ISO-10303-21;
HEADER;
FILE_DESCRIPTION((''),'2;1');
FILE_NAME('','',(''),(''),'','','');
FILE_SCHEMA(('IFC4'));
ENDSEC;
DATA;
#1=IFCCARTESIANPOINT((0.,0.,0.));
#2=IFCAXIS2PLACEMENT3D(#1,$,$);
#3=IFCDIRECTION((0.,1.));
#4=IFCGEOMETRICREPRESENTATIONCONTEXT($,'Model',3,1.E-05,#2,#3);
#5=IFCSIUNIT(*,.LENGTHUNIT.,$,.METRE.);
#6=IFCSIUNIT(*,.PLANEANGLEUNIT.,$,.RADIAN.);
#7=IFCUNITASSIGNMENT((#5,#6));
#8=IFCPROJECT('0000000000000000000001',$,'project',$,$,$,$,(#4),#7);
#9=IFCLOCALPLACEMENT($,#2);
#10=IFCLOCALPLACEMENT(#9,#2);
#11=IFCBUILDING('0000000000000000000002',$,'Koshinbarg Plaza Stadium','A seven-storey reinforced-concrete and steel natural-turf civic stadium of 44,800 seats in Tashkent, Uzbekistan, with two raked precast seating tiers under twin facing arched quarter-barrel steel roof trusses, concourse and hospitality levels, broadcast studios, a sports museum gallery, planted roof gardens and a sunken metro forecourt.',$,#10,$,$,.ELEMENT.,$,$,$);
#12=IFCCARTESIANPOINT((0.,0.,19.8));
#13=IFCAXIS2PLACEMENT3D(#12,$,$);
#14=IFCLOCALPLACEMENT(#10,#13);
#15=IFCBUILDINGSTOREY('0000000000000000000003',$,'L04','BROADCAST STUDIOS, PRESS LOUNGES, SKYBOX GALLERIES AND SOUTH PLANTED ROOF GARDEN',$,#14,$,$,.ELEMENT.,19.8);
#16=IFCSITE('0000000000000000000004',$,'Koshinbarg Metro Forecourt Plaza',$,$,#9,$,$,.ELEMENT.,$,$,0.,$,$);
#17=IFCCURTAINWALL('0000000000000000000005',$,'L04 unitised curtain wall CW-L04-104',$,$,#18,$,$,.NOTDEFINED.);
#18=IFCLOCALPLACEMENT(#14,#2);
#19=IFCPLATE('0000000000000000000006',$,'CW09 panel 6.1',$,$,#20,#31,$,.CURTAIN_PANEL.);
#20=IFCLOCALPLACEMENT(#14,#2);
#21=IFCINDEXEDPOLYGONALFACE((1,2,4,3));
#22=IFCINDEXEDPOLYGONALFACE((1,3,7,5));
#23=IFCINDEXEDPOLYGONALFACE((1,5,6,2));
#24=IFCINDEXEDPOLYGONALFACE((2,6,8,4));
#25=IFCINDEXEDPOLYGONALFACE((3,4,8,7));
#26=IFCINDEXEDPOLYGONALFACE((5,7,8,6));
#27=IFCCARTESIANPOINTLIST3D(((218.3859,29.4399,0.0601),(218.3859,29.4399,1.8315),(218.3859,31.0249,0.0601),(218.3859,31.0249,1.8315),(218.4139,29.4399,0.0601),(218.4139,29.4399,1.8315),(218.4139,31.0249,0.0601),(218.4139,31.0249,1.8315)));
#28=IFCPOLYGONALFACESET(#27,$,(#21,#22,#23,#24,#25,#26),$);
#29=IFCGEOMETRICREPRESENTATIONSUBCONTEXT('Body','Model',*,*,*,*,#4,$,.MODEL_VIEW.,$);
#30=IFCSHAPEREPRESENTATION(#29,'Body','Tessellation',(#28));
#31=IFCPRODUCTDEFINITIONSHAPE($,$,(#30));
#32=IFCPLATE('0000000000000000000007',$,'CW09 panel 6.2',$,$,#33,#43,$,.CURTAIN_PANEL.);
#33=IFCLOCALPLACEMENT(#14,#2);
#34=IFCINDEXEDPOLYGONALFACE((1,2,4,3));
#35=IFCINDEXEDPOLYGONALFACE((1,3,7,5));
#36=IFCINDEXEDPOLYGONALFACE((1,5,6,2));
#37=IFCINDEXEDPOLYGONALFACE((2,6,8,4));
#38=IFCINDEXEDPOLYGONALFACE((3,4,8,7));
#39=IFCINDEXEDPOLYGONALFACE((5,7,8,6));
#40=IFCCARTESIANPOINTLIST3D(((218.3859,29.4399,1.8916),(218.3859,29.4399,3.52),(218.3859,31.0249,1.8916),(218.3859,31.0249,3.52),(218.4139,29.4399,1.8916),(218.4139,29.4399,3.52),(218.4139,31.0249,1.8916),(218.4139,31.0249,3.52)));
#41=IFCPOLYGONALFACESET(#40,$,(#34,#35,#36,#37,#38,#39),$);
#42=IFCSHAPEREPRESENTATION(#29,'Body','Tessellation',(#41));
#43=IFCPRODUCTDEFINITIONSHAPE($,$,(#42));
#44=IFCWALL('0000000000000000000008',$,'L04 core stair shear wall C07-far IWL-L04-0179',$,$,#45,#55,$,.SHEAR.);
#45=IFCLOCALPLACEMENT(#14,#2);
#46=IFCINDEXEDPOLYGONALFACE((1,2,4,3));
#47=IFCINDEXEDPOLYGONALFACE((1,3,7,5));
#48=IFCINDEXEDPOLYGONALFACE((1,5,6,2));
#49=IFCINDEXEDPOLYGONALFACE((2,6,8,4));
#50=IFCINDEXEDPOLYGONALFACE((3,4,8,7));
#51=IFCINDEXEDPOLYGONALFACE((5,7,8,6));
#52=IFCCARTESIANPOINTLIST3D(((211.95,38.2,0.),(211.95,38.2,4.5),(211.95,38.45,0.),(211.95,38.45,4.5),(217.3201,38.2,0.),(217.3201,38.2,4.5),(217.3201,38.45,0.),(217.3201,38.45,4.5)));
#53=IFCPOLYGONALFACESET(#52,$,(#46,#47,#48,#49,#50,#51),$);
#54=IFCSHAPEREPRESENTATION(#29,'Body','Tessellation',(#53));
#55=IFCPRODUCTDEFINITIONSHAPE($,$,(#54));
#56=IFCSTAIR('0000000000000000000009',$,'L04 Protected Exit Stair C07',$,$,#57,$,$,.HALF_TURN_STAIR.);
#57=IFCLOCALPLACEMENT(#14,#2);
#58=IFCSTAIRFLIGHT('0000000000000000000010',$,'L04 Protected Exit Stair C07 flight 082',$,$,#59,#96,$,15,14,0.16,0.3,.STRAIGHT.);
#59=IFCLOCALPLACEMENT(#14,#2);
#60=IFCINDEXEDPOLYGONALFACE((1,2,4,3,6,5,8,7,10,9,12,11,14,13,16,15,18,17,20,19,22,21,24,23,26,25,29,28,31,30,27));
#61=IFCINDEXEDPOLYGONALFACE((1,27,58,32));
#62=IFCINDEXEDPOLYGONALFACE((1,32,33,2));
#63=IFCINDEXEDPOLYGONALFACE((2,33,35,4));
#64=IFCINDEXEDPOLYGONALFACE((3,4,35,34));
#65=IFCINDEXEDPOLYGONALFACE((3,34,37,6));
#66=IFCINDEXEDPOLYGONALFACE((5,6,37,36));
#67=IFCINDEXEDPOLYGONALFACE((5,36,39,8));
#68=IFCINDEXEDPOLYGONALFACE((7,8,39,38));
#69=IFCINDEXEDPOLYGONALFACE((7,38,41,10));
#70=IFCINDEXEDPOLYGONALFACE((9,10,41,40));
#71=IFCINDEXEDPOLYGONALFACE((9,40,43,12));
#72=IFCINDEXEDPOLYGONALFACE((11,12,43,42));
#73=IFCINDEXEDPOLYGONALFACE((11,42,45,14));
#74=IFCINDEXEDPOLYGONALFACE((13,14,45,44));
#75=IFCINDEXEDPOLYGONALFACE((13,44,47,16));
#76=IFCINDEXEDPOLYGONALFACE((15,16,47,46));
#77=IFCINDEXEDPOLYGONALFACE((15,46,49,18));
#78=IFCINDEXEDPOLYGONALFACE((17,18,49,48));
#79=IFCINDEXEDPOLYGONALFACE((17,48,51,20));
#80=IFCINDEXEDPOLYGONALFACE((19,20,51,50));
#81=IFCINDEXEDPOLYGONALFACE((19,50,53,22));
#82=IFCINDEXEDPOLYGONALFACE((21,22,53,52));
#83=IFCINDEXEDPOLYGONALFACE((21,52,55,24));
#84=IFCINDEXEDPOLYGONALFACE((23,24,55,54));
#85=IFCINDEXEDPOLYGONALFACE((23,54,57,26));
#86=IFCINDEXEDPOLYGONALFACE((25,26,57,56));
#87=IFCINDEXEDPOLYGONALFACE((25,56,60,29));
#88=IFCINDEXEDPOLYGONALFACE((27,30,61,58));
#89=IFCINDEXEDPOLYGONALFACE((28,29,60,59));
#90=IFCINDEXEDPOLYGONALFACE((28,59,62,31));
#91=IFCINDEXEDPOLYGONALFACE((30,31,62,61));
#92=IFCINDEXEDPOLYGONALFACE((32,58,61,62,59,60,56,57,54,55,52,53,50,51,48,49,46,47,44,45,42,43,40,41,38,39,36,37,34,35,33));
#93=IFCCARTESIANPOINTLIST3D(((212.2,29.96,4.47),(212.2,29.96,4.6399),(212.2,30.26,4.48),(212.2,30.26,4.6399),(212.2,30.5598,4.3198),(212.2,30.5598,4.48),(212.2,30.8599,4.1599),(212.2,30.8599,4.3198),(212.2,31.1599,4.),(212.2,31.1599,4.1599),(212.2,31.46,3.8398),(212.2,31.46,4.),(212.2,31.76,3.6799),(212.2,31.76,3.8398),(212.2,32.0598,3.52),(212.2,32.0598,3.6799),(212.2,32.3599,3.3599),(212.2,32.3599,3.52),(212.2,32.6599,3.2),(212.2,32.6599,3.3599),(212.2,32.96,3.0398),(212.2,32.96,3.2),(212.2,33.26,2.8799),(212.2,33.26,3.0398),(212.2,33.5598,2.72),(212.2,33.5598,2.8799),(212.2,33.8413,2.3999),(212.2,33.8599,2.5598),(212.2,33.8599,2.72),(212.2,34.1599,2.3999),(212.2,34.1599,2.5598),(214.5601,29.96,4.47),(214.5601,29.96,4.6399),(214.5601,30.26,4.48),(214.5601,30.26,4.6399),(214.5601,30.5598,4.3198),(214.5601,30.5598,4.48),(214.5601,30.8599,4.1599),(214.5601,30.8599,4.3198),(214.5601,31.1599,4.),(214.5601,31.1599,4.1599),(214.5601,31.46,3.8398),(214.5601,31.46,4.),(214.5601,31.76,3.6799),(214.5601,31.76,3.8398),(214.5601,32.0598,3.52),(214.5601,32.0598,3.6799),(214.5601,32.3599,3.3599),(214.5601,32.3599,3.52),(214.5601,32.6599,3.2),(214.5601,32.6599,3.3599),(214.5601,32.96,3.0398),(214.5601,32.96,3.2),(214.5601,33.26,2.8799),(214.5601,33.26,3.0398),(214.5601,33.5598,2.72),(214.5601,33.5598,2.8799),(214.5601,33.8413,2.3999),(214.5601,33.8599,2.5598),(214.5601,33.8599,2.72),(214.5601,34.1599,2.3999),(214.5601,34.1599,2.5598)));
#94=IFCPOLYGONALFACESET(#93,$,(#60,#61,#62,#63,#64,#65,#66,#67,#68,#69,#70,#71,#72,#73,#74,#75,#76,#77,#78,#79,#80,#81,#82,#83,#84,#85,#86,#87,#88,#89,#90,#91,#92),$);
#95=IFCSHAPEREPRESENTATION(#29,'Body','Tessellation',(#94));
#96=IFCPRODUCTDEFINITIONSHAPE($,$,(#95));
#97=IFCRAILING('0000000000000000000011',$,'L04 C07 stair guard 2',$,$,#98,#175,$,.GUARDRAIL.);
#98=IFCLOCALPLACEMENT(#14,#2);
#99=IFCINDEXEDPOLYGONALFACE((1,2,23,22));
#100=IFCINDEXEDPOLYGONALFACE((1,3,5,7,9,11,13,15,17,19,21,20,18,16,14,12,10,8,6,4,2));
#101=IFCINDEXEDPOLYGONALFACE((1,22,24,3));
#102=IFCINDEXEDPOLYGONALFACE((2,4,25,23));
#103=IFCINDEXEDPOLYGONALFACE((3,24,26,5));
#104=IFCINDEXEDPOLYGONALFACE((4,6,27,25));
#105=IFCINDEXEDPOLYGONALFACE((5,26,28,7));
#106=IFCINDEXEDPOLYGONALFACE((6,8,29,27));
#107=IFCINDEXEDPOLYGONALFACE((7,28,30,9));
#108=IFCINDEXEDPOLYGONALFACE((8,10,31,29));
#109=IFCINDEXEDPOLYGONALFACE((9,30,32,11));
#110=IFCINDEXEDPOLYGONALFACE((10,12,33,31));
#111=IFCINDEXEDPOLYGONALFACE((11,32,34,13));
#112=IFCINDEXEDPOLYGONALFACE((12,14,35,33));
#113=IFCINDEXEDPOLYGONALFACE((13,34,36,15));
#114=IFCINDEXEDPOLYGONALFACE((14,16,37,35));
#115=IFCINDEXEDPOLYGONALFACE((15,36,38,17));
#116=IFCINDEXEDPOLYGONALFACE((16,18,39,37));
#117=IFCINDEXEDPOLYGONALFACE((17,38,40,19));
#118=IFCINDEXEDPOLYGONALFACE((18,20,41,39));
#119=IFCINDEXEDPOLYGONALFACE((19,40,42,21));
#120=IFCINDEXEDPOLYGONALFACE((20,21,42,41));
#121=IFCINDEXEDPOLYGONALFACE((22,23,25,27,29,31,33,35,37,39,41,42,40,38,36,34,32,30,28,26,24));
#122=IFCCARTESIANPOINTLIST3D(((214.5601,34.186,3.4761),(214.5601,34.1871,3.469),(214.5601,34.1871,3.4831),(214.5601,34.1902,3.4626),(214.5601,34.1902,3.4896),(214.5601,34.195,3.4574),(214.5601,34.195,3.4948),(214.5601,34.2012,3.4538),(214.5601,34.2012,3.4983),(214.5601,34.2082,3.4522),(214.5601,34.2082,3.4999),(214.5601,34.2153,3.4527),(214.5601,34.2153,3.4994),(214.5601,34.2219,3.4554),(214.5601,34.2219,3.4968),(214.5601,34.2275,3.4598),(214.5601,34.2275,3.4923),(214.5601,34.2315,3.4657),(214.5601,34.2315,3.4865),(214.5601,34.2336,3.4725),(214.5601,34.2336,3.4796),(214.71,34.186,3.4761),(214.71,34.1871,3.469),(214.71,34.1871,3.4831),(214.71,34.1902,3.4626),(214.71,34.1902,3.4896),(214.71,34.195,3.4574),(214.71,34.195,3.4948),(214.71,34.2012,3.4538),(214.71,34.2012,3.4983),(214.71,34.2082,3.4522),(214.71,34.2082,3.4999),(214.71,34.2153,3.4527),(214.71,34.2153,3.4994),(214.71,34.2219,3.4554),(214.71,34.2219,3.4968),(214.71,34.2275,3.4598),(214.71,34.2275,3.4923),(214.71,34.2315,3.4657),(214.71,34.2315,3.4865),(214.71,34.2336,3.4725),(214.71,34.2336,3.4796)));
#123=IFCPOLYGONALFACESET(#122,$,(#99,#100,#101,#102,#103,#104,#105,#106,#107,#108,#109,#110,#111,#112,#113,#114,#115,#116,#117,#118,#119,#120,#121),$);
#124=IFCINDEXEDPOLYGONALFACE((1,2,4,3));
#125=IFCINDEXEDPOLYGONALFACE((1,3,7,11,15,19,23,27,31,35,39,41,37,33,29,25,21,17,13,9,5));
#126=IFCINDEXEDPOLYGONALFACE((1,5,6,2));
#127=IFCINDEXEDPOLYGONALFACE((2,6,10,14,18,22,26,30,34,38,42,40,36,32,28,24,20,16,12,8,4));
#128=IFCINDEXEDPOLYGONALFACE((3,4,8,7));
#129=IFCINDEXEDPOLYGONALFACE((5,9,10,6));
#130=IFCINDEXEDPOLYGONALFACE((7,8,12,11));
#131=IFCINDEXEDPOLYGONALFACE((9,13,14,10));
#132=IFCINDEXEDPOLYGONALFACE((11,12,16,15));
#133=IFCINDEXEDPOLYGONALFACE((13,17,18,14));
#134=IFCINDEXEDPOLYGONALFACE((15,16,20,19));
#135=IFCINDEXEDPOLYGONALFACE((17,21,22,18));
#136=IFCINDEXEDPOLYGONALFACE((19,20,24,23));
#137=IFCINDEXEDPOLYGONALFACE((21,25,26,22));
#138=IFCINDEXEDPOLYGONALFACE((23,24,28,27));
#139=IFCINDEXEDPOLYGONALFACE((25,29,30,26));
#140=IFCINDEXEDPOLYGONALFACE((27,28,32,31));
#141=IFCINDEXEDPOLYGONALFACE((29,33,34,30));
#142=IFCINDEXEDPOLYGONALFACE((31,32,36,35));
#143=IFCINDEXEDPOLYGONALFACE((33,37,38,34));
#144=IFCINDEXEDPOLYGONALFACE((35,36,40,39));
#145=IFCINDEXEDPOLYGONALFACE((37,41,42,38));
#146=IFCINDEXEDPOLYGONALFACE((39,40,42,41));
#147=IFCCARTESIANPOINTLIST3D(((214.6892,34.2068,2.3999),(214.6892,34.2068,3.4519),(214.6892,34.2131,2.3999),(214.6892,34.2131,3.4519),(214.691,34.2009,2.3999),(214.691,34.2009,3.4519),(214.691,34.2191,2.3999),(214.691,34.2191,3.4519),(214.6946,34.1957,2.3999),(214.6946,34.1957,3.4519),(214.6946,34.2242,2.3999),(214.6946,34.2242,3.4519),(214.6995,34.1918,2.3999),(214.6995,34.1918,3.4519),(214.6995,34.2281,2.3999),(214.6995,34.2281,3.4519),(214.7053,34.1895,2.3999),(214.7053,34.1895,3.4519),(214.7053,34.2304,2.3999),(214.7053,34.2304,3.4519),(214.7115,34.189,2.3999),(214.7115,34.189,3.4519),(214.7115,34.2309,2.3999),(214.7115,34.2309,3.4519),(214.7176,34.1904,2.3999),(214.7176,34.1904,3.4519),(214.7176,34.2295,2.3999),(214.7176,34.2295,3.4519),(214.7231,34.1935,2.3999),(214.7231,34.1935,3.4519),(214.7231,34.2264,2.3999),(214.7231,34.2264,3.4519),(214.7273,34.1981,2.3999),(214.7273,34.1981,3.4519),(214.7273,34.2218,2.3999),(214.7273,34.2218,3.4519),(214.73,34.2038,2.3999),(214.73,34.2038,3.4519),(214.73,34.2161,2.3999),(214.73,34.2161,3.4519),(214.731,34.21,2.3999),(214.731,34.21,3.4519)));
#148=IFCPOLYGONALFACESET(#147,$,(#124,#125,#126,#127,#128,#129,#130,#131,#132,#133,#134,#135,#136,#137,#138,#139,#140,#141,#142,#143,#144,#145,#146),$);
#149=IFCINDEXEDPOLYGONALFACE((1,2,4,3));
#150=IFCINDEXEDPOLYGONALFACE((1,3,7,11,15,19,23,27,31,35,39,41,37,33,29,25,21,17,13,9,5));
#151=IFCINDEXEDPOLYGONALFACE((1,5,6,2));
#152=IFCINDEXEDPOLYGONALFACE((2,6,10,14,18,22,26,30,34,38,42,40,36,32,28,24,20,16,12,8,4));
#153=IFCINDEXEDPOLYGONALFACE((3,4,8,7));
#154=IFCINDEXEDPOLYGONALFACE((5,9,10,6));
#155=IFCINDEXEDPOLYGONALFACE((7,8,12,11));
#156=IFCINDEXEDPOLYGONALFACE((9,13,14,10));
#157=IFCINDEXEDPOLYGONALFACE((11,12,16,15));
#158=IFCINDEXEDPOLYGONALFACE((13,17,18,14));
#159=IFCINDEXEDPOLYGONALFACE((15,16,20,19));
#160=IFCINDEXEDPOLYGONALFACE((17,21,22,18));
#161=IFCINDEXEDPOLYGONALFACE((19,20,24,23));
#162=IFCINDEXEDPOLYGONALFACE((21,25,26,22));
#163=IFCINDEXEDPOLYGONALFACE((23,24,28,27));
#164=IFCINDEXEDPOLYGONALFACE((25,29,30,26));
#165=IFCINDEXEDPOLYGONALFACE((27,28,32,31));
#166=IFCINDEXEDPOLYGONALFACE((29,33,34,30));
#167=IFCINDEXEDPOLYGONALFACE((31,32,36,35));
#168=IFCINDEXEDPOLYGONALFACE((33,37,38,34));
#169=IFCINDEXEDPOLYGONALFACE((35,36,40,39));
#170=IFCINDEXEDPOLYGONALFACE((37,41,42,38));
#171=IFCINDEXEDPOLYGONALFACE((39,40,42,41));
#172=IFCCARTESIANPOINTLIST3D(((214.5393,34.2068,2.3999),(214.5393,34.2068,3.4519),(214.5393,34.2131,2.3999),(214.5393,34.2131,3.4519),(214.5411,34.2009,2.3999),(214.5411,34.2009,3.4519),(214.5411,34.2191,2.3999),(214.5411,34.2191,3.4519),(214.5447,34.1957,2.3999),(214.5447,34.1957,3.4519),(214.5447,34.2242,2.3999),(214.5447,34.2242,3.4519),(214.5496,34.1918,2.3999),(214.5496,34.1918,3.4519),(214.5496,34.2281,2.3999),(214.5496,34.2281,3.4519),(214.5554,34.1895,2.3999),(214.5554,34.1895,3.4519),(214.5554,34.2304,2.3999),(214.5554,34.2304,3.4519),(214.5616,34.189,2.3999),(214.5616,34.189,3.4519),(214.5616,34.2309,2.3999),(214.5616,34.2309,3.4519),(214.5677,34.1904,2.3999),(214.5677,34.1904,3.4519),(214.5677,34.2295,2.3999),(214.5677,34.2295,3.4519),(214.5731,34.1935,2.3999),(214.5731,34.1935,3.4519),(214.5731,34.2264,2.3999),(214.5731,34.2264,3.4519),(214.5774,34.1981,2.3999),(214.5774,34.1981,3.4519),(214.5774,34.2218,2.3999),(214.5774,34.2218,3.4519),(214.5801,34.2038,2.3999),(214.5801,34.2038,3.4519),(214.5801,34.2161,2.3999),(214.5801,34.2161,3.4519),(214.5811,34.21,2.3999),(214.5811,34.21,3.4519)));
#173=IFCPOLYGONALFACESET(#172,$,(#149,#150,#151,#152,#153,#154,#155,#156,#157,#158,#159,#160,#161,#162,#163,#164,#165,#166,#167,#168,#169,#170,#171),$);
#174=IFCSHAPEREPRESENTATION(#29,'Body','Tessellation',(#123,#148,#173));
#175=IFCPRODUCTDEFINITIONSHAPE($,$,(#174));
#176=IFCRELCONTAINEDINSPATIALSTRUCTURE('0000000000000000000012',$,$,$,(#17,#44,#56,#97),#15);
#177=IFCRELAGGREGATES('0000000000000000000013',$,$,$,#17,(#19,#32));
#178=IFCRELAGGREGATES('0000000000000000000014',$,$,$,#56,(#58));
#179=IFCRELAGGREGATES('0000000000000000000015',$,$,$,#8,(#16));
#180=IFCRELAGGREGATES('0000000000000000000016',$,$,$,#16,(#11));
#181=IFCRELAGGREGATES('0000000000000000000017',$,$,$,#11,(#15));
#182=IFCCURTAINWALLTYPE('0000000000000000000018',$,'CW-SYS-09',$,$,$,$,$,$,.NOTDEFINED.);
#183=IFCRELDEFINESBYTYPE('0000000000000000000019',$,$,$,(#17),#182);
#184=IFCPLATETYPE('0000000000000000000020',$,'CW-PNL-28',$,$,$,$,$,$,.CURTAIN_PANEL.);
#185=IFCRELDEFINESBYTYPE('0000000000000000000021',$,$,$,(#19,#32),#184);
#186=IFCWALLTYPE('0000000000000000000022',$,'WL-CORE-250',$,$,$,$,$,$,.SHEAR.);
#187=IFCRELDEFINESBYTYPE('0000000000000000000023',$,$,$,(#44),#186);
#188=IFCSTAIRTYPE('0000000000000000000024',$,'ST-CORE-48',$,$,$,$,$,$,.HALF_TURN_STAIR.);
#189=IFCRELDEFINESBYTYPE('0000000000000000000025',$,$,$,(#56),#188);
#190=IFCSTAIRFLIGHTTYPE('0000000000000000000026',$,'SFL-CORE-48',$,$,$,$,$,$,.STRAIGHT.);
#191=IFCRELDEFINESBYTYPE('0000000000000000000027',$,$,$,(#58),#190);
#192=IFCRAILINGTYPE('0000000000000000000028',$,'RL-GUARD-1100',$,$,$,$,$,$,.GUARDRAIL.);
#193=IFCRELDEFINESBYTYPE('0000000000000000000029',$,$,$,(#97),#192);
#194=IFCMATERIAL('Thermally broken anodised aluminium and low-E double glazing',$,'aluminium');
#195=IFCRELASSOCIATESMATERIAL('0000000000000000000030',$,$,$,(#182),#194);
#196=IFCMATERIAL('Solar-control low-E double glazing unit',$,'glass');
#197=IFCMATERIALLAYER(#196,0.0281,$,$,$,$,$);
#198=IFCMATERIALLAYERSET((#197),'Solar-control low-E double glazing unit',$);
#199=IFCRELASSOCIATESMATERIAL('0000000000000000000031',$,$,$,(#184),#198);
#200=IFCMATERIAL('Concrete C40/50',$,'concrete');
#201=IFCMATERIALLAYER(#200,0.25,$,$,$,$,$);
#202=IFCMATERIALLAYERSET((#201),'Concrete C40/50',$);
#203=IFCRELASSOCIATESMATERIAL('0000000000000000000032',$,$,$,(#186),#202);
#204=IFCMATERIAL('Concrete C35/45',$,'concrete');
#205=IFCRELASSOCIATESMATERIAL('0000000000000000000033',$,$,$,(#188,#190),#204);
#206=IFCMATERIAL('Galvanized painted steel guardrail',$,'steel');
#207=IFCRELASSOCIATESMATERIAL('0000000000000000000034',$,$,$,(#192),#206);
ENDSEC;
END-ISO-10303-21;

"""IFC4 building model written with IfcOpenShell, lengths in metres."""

from ifc_helpers import new_model, si_unit, direction, frame, frame_2d, origin, origin_2d, place, context, subcontext, project, spatial, polyline, rectangle, circle, outline, extrude, material, layer, layer_set, type_object, element, aggregate, save


model = new_model("IFC4")

# Units and contexts
model_context = context("Model", 3, precision=1e-05, world=origin(), true_north=direction((0.0, 1.0)))
body_context = subcontext(model_context, "Body", "Model", "MODEL_VIEW")
ifc_project = project(units=[si_unit("LENGTHUNIT", "METRE"), si_unit("PLANEANGLEUNIT", "RADIAN")], contexts=[model_context])

# Site, building, storey
site_placement = place(None, origin())
site = spatial("IfcSite", under=ifc_project, at=site_placement, Name="Koshinbarg Metro Forecourt Plaza", CompositionType="ELEMENT", RefElevation=0.0)
building_placement = place(site_placement, origin())
building = spatial("IfcBuilding", under=site, at=building_placement, Name="Koshinbarg Plaza Stadium", Description="A seven-storey reinforced-concrete and steel natural-turf civic stadium of 44,800 seats in Tashkent, Uzbekistan, with two raked precast seating tiers under twin facing arched quarter-barrel steel roof trusses, concourse and hospitality levels, broadcast studios, a sports museum gallery, planted roof gardens and a sunken metro forecourt.", CompositionType="ELEMENT")
storey_placement = place(building_placement, frame((0.0, 0.0, 19.8)))
storey = spatial("IfcBuildingStorey", under=building, at=storey_placement, Name="L04", Description="BROADCAST STUDIOS, PRESS LOUNGES, SKYBOX GALLERIES AND SOUTH PLANTED ROOF GARDEN", CompositionType="ELEMENT", Elevation=19.8)

# Curtain wall, plates
ifc_material_1 = material(Name="Thermally broken anodised aluminium and low-E double glazing", Category="aluminium")
curtain_wall_type = type_object("IfcCurtainWallType", Name="CW-SYS-09", PredefinedType="NOTDEFINED", material=ifc_material_1)
curtain_wall_placement = place(storey_placement, origin())
curtain_wall = element("IfcCurtainWall", 1, at=curtain_wall_placement, inside=storey, type_object=curtain_wall_type, Name="L04 unitised curtain wall CW-L04-104", PredefinedType="NOTDEFINED")
ifc_material_2 = material(Name="Solar-control low-E double glazing unit", Category="glass")
ifc_layer_1 = layer(ifc_material_2, 0.0281)
ifc_layer_set_1 = layer_set([ifc_layer_1], Name="Solar-control low-E double glazing unit")
plate_type = type_object("IfcPlateType", Name="CW-PNL-28", PredefinedType="CURTAIN_PANEL", material=ifc_layer_set_1)
plate_1_placement = place(storey_placement, frame((218.3999, 30.2324, 0.0601), z_axis=(0.0, 0.0, 1.0), x_axis=(0.0, -1.0, 0.0)))
plate_1 = element("IfcPlate", 2, at=plate_1_placement, type_object=plate_type, Name="CW09 panel 6.1", PredefinedType="CURTAIN_PANEL", context=body_context, shape_type="SweptSolid", body=[
    extrude(rectangle(XDim=1.585, YDim=0.0281, at=origin_2d()), origin(), (0.0, 0.0, 1.0), 1.7715),
])
plate_2_placement = place(storey_placement, frame((218.3999, 30.2324, 1.8916), z_axis=(0.0, 0.0, 1.0), x_axis=(0.0, -1.0, 0.0)))
plate_2 = element("IfcPlate", 3, at=plate_2_placement, type_object=plate_type, Name="CW09 panel 6.2", PredefinedType="CURTAIN_PANEL", context=body_context, shape_type="SweptSolid", body=[
    extrude(rectangle(XDim=1.585, YDim=0.0281, at=origin_2d()), origin(), (0.0, 0.0, 1.0), 1.6284),
])
aggregate(curtain_wall, [plate_1, plate_2])

# Wall
ifc_material_3 = material(Name="Concrete C40/50", Category="concrete")
ifc_layer_2 = layer(ifc_material_3, 0.25)
ifc_layer_set_2 = layer_set([ifc_layer_2], Name="Concrete C40/50")
wall_type = type_object("IfcWallType", Name="WL-CORE-250", PredefinedType="SHEAR", material=ifc_layer_set_2)
wall_placement = place(storey_placement, frame((217.3201, 38.325, 0.0), z_axis=(0.0, 0.0, 1.0), x_axis=(-1.0, 0.0, 0.0)))
element("IfcWall", 4, at=wall_placement, inside=storey, type_object=wall_type, Name="L04 core stair shear wall C07-far IWL-L04-0179", PredefinedType="SHEAR", context=body_context, shape_type="SweptSolid", body=[
    extrude(rectangle(XDim=5.3701, YDim=0.25, at=frame_2d((2.6851, 0.0))), origin(), (0.0, 0.0, 1.0), 4.5),
])

# Stair, stair flight
ifc_material_4 = material(Name="Concrete C35/45", Category="concrete")
stair_type = type_object("IfcStairType", Name="ST-CORE-48", PredefinedType="HALF_TURN_STAIR", material=ifc_material_4)
stair_placement = place(storey_placement, origin())
stair = element("IfcStair", 5, at=stair_placement, inside=storey, type_object=stair_type, Name="L04 Protected Exit Stair C07", PredefinedType="HALF_TURN_STAIR")
stair_flight_type = type_object("IfcStairFlightType", Name="SFL-CORE-48", PredefinedType="STRAIGHT", material=ifc_material_4)
stair_flight_placement = place(storey_placement, frame((213.3799, 34.1599, 2.3999), z_axis=(0.0, 0.0, 1.0), x_axis=(0.0, -1.0, 0.0)))
stair_flight = element("IfcStairFlight", 6, at=stair_flight_placement, type_object=stair_flight_type, Name="L04 Protected Exit Stair C07 flight 082", NumberOfRisers=15, NumberOfTreads=14, PredefinedType="STRAIGHT", RiserHeight=0.16, TreadLength=0.3, context=body_context, shape_type="SweptSolid", body=[
    extrude(outline(polyline([(0.0, 0.0), (0.0, 0.1599), (0.3, 0.1599), (0.3, 0.3201), (0.6001, 0.3201), (0.6001, 0.48), (0.8999, 0.48), (0.8999, 0.6399), (1.2, 0.6399), (1.2, 0.8), (1.5, 0.8), (1.5, 0.96), (1.8, 0.96), (1.8, 1.1201), (2.1001, 1.1201), (2.1001, 1.28), (2.3999, 1.28), (2.3999, 1.4399), (2.7, 1.4399), (2.7, 1.6001), (3.0, 1.6001), (3.0, 1.76), (3.3, 1.76), (3.3, 1.9199), (3.6001, 1.9199), (3.6001, 2.0801), (3.8999, 2.0801), (3.8999, 2.24), (4.2, 2.24), (4.2, 2.3999), (4.2, 2.0701), (0.3186, 0.0), (0.0, 0.0)])), frame((0.0, 1.1802, 0.0), z_axis=(0.0, -1.0, 0.0), x_axis=(1.0, 0.0, 0.0)), (0.0, 0.0, 1.0), 2.3601),
])
aggregate(stair, [stair_flight])

# Railing
ifc_material_5 = material(Name="Galvanized painted steel guardrail", Category="steel")
railing_type_1 = type_object("IfcRailingType", Name="RL-GUARD-1100", PredefinedType="GUARDRAIL", material=ifc_material_5)
railing_1_placement = place(storey_placement, frame((214.71, 34.21, 2.3999)))
element("IfcRailing", 7, at=railing_1_placement, inside=storey, type_object=railing_type_1, Name="L04 C07 stair guard 2", PredefinedType="GUARDRAIL", context=body_context, shape_type="SweptSolid", body=[
    extrude(circle(Radius=0.0239, at=origin_2d()), frame((0.0, 0.0, 1.0762), z_axis=(-1.0, 0.0, 0.0), x_axis=(0.0, -1.0, 0.0)), (0.0, 0.0, 1.0), 0.1499),
    extrude(circle(Radius=0.021, at=origin_2d()), origin(), (0.0, 0.0, 1.0), 1.052),
    extrude(circle(Radius=0.021, at=origin_2d()), frame((-0.1499, 0.0, 0.0)), (0.0, 0.0, 1.0), 1.052),
])

save(model, "model.ifc")
